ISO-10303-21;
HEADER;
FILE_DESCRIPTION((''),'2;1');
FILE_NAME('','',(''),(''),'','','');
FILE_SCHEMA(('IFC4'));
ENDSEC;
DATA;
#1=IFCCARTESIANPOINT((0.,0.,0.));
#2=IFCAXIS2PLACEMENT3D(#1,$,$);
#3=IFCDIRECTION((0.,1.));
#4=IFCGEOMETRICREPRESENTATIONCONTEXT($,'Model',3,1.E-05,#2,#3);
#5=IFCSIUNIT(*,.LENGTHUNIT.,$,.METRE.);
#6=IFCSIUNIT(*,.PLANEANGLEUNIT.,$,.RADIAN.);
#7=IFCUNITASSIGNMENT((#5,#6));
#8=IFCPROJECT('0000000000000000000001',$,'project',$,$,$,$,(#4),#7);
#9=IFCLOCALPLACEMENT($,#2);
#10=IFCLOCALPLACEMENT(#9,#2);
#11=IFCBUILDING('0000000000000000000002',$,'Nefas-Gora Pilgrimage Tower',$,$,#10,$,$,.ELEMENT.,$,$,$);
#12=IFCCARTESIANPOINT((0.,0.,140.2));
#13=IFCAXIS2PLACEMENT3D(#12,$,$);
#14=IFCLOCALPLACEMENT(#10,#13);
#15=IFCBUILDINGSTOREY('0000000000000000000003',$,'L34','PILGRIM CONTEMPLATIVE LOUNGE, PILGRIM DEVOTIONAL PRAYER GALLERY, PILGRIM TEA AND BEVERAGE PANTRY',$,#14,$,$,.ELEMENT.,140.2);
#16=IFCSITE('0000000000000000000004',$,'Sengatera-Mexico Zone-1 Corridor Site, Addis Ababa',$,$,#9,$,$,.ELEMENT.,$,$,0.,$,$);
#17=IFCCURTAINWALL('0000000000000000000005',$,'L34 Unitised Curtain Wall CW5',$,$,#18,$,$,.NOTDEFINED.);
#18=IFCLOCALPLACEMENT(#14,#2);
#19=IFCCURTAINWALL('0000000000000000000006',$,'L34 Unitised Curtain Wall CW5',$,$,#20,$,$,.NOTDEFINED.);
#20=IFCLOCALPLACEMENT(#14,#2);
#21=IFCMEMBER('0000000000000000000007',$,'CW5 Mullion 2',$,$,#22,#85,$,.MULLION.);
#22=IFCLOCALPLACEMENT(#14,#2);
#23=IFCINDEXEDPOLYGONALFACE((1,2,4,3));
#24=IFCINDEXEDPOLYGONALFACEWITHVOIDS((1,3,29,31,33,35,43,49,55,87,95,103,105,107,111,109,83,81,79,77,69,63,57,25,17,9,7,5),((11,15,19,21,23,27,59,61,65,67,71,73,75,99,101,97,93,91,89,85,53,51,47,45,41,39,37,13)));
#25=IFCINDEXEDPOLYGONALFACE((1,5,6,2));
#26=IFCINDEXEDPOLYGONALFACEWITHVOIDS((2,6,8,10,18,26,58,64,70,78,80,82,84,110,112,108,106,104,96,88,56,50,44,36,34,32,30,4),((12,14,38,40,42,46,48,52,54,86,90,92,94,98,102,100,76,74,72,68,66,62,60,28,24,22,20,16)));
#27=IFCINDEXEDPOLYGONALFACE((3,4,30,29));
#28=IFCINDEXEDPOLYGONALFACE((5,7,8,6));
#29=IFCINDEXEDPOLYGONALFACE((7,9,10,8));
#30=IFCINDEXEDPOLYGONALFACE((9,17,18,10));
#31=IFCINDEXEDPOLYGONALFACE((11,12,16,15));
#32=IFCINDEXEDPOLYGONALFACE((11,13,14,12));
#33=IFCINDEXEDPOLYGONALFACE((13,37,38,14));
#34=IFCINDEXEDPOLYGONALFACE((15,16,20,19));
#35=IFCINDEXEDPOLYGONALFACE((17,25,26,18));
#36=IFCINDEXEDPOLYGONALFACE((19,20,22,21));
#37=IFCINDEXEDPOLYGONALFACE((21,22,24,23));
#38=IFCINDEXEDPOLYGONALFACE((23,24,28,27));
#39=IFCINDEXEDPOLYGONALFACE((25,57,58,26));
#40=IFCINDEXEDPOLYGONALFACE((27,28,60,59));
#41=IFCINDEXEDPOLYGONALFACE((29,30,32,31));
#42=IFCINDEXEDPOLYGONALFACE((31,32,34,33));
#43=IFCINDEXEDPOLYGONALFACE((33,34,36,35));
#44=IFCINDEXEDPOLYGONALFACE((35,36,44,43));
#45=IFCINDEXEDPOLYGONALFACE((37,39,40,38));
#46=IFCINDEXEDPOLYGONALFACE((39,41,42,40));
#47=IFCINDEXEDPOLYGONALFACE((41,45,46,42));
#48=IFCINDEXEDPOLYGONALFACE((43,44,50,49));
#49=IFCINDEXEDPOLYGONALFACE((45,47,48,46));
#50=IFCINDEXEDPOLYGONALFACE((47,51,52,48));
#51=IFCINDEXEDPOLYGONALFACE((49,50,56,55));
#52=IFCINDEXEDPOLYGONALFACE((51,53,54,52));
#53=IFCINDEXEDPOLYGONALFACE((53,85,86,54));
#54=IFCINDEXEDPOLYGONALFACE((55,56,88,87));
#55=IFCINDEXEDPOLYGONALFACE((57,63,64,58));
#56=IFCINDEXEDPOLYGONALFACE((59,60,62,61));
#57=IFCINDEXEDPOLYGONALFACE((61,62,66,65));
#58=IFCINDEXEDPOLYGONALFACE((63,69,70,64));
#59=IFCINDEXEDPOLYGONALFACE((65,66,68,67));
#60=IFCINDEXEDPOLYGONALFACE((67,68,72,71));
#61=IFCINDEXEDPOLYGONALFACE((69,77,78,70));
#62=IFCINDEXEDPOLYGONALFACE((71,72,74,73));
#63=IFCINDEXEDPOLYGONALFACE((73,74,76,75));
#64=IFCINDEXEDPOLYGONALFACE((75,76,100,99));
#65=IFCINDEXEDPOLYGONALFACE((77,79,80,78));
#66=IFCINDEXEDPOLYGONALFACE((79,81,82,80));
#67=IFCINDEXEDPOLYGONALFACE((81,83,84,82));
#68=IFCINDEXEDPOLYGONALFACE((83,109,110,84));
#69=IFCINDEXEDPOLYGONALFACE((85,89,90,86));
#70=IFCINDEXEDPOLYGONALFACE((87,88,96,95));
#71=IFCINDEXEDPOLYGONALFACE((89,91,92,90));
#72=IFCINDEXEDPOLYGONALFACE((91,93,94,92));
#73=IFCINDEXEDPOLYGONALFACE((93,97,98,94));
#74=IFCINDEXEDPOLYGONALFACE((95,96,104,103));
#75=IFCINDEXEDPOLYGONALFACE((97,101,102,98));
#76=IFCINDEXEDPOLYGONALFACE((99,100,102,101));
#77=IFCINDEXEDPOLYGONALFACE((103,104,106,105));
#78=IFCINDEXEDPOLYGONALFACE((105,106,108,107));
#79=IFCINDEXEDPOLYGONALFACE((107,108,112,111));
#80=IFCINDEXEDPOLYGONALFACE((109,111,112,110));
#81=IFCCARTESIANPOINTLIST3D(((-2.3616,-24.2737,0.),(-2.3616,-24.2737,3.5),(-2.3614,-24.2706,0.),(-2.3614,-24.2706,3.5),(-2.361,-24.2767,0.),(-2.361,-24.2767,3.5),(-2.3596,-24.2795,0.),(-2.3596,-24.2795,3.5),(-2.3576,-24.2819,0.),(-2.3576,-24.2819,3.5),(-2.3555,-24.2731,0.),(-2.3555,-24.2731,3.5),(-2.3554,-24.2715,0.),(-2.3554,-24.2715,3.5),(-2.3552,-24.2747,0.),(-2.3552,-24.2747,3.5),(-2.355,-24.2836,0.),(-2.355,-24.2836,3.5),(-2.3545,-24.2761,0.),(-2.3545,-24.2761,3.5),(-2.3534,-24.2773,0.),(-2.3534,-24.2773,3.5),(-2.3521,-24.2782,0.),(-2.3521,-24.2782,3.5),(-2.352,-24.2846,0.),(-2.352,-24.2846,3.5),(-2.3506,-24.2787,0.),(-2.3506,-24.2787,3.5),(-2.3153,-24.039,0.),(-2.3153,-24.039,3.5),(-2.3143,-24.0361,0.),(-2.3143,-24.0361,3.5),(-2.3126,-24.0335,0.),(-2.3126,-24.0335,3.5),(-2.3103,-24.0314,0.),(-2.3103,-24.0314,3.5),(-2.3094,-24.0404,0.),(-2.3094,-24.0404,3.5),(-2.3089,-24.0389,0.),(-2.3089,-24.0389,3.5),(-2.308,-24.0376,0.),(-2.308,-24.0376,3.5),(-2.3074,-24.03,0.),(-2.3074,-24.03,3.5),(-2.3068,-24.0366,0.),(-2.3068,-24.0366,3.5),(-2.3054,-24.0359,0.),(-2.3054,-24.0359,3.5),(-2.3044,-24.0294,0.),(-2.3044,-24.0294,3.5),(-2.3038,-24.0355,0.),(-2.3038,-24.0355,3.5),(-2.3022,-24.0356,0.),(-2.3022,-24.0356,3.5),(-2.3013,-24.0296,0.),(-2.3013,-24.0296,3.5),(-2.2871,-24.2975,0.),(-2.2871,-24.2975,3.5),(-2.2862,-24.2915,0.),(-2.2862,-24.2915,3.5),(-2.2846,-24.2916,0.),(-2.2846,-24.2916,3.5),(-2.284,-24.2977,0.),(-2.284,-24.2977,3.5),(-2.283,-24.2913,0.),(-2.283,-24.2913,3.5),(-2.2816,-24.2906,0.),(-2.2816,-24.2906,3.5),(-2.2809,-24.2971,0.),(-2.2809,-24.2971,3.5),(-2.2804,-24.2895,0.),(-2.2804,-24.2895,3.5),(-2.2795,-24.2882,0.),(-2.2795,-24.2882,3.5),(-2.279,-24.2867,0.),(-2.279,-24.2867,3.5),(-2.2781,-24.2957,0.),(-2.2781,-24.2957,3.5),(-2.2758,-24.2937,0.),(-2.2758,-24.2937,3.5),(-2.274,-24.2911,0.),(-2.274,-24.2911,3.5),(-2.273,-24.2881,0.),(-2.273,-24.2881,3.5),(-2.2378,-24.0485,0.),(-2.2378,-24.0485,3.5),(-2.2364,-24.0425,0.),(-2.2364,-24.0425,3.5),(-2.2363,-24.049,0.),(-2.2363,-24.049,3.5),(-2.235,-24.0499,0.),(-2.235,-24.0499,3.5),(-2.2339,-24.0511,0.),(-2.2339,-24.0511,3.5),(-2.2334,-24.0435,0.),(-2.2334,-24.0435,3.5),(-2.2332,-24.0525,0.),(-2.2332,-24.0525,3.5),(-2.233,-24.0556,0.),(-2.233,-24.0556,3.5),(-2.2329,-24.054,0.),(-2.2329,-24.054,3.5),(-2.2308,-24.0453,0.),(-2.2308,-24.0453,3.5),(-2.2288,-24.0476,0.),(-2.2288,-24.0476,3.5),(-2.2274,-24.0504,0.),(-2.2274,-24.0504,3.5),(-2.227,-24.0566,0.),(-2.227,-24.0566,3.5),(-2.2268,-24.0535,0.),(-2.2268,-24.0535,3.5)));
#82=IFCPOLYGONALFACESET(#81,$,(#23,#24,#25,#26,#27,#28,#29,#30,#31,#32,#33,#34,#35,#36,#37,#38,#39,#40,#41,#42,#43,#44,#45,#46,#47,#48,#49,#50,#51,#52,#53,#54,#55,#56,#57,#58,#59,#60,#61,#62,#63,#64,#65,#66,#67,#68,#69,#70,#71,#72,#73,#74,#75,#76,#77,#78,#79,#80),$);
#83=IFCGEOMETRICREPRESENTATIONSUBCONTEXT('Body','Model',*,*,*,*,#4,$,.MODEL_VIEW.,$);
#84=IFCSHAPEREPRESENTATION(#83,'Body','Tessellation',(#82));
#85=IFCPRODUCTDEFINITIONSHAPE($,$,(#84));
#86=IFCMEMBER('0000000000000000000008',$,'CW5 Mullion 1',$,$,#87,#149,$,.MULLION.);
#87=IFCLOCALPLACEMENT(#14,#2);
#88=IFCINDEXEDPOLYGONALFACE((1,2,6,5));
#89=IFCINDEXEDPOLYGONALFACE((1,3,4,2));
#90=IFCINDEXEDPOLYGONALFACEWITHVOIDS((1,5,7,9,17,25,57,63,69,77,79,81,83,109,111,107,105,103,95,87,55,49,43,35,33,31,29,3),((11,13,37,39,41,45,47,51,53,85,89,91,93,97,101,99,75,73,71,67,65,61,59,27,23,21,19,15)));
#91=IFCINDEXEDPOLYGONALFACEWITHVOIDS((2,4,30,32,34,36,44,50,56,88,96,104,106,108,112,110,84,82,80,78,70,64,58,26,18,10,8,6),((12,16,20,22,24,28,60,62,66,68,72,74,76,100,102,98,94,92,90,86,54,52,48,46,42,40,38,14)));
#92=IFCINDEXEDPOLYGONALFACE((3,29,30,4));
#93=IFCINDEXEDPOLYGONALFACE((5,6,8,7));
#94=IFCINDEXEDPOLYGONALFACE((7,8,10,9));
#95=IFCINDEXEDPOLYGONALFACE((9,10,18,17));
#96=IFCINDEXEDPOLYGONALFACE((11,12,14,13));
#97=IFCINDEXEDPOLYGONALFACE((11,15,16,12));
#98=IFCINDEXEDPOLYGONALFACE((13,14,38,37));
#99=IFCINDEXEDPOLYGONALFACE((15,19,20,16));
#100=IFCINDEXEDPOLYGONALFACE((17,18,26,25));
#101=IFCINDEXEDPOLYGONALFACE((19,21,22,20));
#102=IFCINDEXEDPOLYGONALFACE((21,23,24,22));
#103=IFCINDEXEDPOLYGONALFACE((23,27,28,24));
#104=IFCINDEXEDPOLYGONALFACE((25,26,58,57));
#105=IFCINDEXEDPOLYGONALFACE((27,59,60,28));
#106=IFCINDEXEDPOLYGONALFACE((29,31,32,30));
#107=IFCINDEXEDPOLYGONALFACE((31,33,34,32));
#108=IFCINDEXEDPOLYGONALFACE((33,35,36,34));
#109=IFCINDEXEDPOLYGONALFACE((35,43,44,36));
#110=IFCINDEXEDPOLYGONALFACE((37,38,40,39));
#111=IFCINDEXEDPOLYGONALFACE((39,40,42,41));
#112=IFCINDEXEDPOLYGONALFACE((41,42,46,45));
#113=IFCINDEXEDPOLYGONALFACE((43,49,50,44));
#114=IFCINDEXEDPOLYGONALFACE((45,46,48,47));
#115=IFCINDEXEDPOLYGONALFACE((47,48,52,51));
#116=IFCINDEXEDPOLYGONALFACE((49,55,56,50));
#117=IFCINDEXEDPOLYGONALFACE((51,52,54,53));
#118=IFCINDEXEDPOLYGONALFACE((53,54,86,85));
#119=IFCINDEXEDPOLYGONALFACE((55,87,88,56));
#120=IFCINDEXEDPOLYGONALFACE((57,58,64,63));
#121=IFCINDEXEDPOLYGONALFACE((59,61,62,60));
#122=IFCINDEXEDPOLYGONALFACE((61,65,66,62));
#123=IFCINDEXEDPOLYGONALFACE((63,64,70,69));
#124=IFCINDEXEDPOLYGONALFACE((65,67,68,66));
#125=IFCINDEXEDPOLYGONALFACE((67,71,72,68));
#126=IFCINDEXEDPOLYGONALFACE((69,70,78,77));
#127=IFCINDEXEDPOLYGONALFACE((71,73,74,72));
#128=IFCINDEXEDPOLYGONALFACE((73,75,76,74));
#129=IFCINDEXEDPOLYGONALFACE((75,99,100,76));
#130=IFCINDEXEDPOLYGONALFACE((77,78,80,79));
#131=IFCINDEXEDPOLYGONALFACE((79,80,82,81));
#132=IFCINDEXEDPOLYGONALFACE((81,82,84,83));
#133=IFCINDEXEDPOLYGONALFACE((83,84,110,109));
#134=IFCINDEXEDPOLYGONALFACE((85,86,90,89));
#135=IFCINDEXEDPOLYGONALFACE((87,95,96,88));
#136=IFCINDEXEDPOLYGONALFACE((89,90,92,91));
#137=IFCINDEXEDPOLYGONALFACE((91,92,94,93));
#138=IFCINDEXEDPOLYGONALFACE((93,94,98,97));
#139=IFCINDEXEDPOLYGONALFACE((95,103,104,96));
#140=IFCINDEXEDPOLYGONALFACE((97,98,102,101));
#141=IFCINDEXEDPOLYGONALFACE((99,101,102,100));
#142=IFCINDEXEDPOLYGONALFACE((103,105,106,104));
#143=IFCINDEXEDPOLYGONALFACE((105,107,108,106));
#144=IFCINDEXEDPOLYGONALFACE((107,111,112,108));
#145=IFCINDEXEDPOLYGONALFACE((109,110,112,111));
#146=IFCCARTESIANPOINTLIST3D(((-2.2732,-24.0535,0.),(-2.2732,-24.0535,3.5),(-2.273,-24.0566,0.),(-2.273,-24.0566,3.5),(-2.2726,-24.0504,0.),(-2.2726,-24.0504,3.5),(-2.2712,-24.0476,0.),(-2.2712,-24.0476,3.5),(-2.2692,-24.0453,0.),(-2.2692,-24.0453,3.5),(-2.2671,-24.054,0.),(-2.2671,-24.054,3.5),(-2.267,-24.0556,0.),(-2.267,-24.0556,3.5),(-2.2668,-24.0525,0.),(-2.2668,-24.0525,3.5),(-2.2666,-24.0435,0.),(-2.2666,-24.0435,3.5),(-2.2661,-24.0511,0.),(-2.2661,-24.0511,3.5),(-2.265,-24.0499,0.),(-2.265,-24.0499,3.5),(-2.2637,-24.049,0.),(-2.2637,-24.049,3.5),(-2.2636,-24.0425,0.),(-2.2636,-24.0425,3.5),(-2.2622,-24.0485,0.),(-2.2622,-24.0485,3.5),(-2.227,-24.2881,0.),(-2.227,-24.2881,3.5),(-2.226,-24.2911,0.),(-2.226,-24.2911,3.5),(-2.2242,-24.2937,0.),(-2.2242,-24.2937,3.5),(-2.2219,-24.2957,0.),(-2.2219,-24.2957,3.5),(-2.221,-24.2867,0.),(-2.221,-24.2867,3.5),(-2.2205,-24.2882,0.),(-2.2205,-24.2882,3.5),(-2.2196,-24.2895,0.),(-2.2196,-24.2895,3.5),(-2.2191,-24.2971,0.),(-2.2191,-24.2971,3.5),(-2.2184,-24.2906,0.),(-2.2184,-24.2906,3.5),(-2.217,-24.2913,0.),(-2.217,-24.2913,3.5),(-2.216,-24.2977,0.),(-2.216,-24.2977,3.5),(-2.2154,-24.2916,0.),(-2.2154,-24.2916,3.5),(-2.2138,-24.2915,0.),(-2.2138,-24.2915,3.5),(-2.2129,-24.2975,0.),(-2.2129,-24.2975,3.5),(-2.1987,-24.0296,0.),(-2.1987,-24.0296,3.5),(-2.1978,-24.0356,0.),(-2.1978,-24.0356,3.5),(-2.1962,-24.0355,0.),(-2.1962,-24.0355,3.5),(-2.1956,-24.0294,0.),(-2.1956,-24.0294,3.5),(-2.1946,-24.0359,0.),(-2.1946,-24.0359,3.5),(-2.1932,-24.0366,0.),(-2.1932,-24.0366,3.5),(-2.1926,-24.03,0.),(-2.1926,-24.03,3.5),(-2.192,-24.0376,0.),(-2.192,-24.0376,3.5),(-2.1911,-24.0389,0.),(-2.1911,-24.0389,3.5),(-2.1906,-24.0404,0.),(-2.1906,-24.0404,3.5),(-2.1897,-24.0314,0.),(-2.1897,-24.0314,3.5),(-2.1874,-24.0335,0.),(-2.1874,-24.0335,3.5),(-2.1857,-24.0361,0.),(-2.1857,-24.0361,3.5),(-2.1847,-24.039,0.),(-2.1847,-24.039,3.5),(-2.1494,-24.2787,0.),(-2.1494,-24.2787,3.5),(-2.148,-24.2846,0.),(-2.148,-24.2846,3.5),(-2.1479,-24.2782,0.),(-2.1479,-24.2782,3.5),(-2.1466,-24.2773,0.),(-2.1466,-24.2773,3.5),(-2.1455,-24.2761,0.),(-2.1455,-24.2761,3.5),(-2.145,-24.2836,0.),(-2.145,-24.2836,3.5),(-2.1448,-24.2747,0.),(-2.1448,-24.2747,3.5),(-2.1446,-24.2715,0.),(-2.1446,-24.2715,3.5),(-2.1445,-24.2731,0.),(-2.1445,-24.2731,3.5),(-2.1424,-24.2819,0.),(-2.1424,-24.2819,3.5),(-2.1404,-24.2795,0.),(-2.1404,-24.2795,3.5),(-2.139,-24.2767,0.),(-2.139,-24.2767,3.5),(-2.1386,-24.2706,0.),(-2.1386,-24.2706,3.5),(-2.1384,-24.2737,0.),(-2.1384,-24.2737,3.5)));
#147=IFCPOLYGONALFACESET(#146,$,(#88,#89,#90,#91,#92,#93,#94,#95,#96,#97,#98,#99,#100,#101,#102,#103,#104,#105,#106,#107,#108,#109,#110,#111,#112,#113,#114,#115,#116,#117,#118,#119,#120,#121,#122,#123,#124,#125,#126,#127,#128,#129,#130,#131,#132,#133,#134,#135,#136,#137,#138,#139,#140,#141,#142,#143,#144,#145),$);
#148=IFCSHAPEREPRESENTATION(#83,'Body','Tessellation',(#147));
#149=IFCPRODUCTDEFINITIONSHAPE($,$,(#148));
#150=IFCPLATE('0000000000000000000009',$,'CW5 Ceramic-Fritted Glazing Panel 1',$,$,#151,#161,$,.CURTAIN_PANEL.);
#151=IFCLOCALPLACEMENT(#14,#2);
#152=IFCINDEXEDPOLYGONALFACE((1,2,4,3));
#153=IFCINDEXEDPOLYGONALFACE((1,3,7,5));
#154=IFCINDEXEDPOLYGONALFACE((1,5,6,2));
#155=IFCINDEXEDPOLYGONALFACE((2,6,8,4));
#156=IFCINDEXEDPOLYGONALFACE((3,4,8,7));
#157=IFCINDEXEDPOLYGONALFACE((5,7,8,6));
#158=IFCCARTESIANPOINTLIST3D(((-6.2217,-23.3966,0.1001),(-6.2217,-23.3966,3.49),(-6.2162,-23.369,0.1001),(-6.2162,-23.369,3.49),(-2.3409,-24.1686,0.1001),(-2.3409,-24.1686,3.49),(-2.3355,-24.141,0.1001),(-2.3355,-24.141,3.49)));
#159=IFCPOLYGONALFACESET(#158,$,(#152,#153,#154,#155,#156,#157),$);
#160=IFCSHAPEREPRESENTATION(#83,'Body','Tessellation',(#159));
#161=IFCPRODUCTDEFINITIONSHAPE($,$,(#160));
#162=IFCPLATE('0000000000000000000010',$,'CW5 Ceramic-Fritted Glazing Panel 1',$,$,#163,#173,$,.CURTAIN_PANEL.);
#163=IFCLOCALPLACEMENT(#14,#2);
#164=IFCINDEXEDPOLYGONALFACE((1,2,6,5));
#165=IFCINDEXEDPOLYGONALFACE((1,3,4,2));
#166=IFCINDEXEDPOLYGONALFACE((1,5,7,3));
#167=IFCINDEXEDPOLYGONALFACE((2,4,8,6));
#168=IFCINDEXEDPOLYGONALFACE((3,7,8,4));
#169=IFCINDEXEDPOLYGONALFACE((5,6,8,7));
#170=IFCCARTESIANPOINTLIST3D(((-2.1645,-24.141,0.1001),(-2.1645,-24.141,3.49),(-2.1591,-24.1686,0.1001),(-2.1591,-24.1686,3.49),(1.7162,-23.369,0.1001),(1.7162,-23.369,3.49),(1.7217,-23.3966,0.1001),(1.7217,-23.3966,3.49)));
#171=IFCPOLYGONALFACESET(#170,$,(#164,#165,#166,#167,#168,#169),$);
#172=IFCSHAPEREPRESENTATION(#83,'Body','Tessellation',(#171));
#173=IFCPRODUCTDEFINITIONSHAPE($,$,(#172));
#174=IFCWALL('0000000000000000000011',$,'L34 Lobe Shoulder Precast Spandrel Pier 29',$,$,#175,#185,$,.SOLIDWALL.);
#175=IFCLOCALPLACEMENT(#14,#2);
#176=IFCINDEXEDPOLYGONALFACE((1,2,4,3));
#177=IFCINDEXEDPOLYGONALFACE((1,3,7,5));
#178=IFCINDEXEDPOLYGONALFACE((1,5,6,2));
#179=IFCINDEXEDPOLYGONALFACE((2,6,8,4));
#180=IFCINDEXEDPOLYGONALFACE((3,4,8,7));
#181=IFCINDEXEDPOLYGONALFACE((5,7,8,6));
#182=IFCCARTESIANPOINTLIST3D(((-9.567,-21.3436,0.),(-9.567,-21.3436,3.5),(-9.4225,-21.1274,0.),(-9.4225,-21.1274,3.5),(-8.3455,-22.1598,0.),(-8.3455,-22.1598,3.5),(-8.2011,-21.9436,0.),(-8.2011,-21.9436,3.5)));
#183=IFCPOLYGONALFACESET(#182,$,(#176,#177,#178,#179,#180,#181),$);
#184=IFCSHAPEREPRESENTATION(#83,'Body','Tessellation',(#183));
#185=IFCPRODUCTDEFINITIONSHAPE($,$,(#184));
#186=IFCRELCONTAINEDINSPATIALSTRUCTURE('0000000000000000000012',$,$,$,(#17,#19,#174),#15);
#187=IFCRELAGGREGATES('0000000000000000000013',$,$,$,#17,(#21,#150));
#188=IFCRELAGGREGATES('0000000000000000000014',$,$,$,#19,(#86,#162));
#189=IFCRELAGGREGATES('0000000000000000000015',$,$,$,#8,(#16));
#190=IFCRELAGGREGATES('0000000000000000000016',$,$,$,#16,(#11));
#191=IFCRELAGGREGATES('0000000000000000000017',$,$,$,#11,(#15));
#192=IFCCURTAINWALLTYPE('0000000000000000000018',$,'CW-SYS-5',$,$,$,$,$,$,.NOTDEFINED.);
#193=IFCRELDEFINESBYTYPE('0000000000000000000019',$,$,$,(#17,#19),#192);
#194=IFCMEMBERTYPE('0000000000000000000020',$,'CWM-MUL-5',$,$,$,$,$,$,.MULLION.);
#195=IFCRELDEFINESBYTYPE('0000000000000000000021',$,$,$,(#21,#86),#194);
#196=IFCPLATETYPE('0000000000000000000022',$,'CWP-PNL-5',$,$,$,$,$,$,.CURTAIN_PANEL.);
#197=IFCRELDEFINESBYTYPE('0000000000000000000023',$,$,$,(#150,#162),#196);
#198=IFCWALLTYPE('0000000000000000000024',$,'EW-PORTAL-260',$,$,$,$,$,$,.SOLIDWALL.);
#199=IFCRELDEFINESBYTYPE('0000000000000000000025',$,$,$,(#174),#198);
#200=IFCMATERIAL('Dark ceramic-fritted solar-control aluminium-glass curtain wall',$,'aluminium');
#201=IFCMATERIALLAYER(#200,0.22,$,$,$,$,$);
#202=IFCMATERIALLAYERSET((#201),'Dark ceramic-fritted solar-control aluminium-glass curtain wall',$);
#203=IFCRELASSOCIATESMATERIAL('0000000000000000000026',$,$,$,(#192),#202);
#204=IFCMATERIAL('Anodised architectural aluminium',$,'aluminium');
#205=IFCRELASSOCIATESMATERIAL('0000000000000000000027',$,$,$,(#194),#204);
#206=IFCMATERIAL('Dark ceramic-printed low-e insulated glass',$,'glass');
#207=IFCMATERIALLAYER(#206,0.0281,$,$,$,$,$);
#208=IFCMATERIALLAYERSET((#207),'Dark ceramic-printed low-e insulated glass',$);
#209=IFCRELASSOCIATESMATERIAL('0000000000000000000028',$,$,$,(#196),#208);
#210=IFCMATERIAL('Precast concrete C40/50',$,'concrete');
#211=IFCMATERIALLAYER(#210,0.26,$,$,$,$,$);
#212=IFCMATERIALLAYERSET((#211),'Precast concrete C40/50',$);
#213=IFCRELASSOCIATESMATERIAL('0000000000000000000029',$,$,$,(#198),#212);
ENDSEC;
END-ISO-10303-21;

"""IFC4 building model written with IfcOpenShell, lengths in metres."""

from ifc_helpers import new_model, si_unit, direction, frame, frame_2d, origin, origin_2d, place, context, subcontext, project, spatial, rectangle, hollow_rectangle, extrude, source, transform, mapped, material, layer, layer_set, material_profile, profile_set, type_object, element, aggregate, save


model = new_model("IFC4")

# Units and contexts
model_context = context("Model", 3, precision=1e-05, world=origin(), true_north=direction((0.0, 1.0)))
body_context = subcontext(model_context, "Body", "Model", "MODEL_VIEW")
ifc_project = project(units=[si_unit("LENGTHUNIT", "METRE"), si_unit("PLANEANGLEUNIT", "RADIAN")], contexts=[model_context])

# Site, building, storey
site_placement = place(None, origin())
site = spatial("IfcSite", under=ifc_project, at=site_placement, Name="Sengatera-Mexico Zone-1 Corridor Site, Addis Ababa", CompositionType="ELEMENT", RefElevation=0.0)
building_placement = place(site_placement, origin())
building = spatial("IfcBuilding", under=site, at=building_placement, Name="Nefas-Gora Pilgrimage Tower", CompositionType="ELEMENT")
storey_placement = place(building_placement, frame((0.0, 0.0, 140.2)))
storey = spatial("IfcBuildingStorey", under=building, at=storey_placement, Name="L34", Description="PILGRIM CONTEMPLATIVE LOUNGE, PILGRIM DEVOTIONAL PRAYER GALLERY, PILGRIM TEA AND BEVERAGE PANTRY", CompositionType="ELEMENT", Elevation=140.2)

# Curtain walls
ifc_material_1 = material(Name="Dark ceramic-fritted solar-control aluminium-glass curtain wall", Category="aluminium")
ifc_layer_1 = layer(ifc_material_1, 0.22)
ifc_layer_set_1 = layer_set([ifc_layer_1], Name="Dark ceramic-fritted solar-control aluminium-glass curtain wall")
curtain_wall_type = type_object("IfcCurtainWallType", Name="CW-SYS-5", PredefinedType="NOTDEFINED", material=ifc_layer_set_1)
curtain_wall_1_placement = place(storey_placement, origin())
curtain_wall_1 = element("IfcCurtainWall", 1, at=curtain_wall_1_placement, inside=storey, type_object=curtain_wall_type, Name="L34 Unitised Curtain Wall CW5", PredefinedType="NOTDEFINED")
ifc_material_2 = material(Name="Anodised architectural aluminium", Category="aluminium")
curtain_wall_2_placement = place(storey_placement, origin())
curtain_wall_2 = element("IfcCurtainWall", 2, at=curtain_wall_2_placement, inside=storey, type_object=curtain_wall_type, Name="L34 Unitised Curtain Wall CW5", PredefinedType="NOTDEFINED")
ifc_material_profile_1 = material_profile(ifc_material_2, hollow_rectangle(XDim=0.0901, YDim=0.26, WallThickness=0.0061, InnerFilletRadius=0.0061, OuterFilletRadius=0.012, at=origin_2d()), Name="ALU MULLION 90x260")
ifc_profile_set_1 = profile_set([ifc_material_profile_1], Name="Anodised architectural aluminium")
member_type_1 = type_object("IfcMemberType", Name="CWM-MUL-5", PredefinedType="MULLION", material=ifc_profile_set_1)
shared_shape_1 = source(origin(), body_context, "Body", "SweptSolid", [
    extrude(hollow_rectangle(XDim=0.0901, YDim=0.26, WallThickness=0.0061, InnerFilletRadius=0.0061, OuterFilletRadius=0.012, at=origin_2d()), origin(), (0.0, 0.0, 1.0), 3.5),
])

# Members
member_1_placement = place(storey_placement, frame((-2.2942, -24.1636, 0.0), z_axis=(0.0, 0.0, 1.0), x_axis=(0.980783, -0.195102, 0.0)))
member_1 = element("IfcMember", 3, at=member_1_placement, type_object=member_type_1, Name="CW5 Mullion 2", PredefinedType="MULLION", context=body_context, shape_type="MappedRepresentation", body=[
    mapped(shared_shape_1, transform((0.0, 0.0, 0.0), x_axis=(1.0, 0.0, 0.0), y_axis=(0.0, 1.0, 0.0), z_axis=(0.0, 0.0, 1.0), scale=1.0)),
])
member_2_placement = place(storey_placement, frame((-2.2058, -24.1636, 0.0), z_axis=(0.0, 0.0, 1.0), x_axis=(0.980783, 0.195102, 0.0)))
member_2 = element("IfcMember", 4, at=member_2_placement, type_object=member_type_1, Name="CW5 Mullion 1", PredefinedType="MULLION", context=body_context, shape_type="MappedRepresentation", body=[
    mapped(shared_shape_1, transform((0.0, 0.0, 0.0), x_axis=(1.0, 0.0, 0.0), y_axis=(0.0, 1.0, 0.0), z_axis=(0.0, 0.0, 1.0), scale=1.0)),
])

# Plates
ifc_material_3 = material(Name="Dark ceramic-printed low-e insulated glass", Category="glass")
ifc_layer_2 = layer(ifc_material_3, 0.0281)
ifc_layer_set_2 = layer_set([ifc_layer_2], Name="Dark ceramic-printed low-e insulated glass")
plate_type = type_object("IfcPlateType", Name="CWP-PNL-5", PredefinedType="CURTAIN_PANEL", material=ifc_layer_set_2)
shared_shape_2 = source(origin(), body_context, "Body", "SweptSolid", [
    extrude(rectangle(XDim=3.9568, YDim=0.0281, at=origin_2d()), origin(), (0.0, 0.0, 1.0), 3.3899),
])
plate_1_placement = place(storey_placement, frame((-4.2786, -23.7688, 0.1001), z_axis=(0.0, 0.0, 1.0), x_axis=(0.980783, -0.195102, 0.0)))
plate_1 = element("IfcPlate", 5, at=plate_1_placement, type_object=plate_type, Name="CW5 Ceramic-Fritted Glazing Panel 1", PredefinedType="CURTAIN_PANEL", context=body_context, shape_type="MappedRepresentation", body=[
    mapped(shared_shape_2, transform((0.0, 0.0, 0.0), x_axis=(1.0, 0.0, 0.0), y_axis=(0.0, 1.0, 0.0), z_axis=(0.0, 0.0, 1.0), scale=1.0)),
])
aggregate(curtain_wall_1, [member_1, plate_1])
plate_2_placement = place(storey_placement, frame((-0.2214, -23.7688, 0.1001), z_axis=(0.0, 0.0, 1.0), x_axis=(0.980783, 0.195102, 0.0)))
plate_2 = element("IfcPlate", 6, at=plate_2_placement, type_object=plate_type, Name="CW5 Ceramic-Fritted Glazing Panel 1", PredefinedType="CURTAIN_PANEL", context=body_context, shape_type="MappedRepresentation", body=[
    mapped(shared_shape_2, transform((0.0, 0.0, 0.0), x_axis=(1.0, 0.0, 0.0), y_axis=(0.0, 1.0, 0.0), z_axis=(0.0, 0.0, 1.0), scale=1.0)),
])
aggregate(curtain_wall_2, [member_2, plate_2])

# Wall
ifc_material_4 = material(Name="Precast concrete C40/50", Category="concrete")
ifc_layer_3 = layer(ifc_material_4, 0.26)
ifc_layer_set_3 = layer_set([ifc_layer_3], Name="Precast concrete C40/50")
wall_type_1 = type_object("IfcWallType", Name="EW-PORTAL-260", PredefinedType="SOLIDWALL", material=ifc_layer_set_3)
shared_shape_3 = source(origin(), body_context, "Body", "SweptSolid", [
    extrude(rectangle(XDim=1.469, YDim=0.26, at=frame_2d((0.7344, 0.0))), origin(), (0.0, 0.0, 1.0), 3.5),
])
wall_1_placement = place(storey_placement, frame((-9.4946, -21.2356, 0.0), z_axis=(0.0, 0.0, 1.0), x_axis=(0.831462, -0.555582, 0.0)))
element("IfcWall", 7, at=wall_1_placement, inside=storey, type_object=wall_type_1, Name="L34 Lobe Shoulder Precast Spandrel Pier 29", PredefinedType="SOLIDWALL", context=body_context, shape_type="MappedRepresentation", body=[
    mapped(shared_shape_3, transform((0.0, 0.0, 0.0), x_axis=(1.0, 0.0, 0.0), y_axis=(0.0, 1.0, 0.0), z_axis=(0.0, 0.0, 1.0), scale=1.0)),
])

save(model, "model.ifc")
